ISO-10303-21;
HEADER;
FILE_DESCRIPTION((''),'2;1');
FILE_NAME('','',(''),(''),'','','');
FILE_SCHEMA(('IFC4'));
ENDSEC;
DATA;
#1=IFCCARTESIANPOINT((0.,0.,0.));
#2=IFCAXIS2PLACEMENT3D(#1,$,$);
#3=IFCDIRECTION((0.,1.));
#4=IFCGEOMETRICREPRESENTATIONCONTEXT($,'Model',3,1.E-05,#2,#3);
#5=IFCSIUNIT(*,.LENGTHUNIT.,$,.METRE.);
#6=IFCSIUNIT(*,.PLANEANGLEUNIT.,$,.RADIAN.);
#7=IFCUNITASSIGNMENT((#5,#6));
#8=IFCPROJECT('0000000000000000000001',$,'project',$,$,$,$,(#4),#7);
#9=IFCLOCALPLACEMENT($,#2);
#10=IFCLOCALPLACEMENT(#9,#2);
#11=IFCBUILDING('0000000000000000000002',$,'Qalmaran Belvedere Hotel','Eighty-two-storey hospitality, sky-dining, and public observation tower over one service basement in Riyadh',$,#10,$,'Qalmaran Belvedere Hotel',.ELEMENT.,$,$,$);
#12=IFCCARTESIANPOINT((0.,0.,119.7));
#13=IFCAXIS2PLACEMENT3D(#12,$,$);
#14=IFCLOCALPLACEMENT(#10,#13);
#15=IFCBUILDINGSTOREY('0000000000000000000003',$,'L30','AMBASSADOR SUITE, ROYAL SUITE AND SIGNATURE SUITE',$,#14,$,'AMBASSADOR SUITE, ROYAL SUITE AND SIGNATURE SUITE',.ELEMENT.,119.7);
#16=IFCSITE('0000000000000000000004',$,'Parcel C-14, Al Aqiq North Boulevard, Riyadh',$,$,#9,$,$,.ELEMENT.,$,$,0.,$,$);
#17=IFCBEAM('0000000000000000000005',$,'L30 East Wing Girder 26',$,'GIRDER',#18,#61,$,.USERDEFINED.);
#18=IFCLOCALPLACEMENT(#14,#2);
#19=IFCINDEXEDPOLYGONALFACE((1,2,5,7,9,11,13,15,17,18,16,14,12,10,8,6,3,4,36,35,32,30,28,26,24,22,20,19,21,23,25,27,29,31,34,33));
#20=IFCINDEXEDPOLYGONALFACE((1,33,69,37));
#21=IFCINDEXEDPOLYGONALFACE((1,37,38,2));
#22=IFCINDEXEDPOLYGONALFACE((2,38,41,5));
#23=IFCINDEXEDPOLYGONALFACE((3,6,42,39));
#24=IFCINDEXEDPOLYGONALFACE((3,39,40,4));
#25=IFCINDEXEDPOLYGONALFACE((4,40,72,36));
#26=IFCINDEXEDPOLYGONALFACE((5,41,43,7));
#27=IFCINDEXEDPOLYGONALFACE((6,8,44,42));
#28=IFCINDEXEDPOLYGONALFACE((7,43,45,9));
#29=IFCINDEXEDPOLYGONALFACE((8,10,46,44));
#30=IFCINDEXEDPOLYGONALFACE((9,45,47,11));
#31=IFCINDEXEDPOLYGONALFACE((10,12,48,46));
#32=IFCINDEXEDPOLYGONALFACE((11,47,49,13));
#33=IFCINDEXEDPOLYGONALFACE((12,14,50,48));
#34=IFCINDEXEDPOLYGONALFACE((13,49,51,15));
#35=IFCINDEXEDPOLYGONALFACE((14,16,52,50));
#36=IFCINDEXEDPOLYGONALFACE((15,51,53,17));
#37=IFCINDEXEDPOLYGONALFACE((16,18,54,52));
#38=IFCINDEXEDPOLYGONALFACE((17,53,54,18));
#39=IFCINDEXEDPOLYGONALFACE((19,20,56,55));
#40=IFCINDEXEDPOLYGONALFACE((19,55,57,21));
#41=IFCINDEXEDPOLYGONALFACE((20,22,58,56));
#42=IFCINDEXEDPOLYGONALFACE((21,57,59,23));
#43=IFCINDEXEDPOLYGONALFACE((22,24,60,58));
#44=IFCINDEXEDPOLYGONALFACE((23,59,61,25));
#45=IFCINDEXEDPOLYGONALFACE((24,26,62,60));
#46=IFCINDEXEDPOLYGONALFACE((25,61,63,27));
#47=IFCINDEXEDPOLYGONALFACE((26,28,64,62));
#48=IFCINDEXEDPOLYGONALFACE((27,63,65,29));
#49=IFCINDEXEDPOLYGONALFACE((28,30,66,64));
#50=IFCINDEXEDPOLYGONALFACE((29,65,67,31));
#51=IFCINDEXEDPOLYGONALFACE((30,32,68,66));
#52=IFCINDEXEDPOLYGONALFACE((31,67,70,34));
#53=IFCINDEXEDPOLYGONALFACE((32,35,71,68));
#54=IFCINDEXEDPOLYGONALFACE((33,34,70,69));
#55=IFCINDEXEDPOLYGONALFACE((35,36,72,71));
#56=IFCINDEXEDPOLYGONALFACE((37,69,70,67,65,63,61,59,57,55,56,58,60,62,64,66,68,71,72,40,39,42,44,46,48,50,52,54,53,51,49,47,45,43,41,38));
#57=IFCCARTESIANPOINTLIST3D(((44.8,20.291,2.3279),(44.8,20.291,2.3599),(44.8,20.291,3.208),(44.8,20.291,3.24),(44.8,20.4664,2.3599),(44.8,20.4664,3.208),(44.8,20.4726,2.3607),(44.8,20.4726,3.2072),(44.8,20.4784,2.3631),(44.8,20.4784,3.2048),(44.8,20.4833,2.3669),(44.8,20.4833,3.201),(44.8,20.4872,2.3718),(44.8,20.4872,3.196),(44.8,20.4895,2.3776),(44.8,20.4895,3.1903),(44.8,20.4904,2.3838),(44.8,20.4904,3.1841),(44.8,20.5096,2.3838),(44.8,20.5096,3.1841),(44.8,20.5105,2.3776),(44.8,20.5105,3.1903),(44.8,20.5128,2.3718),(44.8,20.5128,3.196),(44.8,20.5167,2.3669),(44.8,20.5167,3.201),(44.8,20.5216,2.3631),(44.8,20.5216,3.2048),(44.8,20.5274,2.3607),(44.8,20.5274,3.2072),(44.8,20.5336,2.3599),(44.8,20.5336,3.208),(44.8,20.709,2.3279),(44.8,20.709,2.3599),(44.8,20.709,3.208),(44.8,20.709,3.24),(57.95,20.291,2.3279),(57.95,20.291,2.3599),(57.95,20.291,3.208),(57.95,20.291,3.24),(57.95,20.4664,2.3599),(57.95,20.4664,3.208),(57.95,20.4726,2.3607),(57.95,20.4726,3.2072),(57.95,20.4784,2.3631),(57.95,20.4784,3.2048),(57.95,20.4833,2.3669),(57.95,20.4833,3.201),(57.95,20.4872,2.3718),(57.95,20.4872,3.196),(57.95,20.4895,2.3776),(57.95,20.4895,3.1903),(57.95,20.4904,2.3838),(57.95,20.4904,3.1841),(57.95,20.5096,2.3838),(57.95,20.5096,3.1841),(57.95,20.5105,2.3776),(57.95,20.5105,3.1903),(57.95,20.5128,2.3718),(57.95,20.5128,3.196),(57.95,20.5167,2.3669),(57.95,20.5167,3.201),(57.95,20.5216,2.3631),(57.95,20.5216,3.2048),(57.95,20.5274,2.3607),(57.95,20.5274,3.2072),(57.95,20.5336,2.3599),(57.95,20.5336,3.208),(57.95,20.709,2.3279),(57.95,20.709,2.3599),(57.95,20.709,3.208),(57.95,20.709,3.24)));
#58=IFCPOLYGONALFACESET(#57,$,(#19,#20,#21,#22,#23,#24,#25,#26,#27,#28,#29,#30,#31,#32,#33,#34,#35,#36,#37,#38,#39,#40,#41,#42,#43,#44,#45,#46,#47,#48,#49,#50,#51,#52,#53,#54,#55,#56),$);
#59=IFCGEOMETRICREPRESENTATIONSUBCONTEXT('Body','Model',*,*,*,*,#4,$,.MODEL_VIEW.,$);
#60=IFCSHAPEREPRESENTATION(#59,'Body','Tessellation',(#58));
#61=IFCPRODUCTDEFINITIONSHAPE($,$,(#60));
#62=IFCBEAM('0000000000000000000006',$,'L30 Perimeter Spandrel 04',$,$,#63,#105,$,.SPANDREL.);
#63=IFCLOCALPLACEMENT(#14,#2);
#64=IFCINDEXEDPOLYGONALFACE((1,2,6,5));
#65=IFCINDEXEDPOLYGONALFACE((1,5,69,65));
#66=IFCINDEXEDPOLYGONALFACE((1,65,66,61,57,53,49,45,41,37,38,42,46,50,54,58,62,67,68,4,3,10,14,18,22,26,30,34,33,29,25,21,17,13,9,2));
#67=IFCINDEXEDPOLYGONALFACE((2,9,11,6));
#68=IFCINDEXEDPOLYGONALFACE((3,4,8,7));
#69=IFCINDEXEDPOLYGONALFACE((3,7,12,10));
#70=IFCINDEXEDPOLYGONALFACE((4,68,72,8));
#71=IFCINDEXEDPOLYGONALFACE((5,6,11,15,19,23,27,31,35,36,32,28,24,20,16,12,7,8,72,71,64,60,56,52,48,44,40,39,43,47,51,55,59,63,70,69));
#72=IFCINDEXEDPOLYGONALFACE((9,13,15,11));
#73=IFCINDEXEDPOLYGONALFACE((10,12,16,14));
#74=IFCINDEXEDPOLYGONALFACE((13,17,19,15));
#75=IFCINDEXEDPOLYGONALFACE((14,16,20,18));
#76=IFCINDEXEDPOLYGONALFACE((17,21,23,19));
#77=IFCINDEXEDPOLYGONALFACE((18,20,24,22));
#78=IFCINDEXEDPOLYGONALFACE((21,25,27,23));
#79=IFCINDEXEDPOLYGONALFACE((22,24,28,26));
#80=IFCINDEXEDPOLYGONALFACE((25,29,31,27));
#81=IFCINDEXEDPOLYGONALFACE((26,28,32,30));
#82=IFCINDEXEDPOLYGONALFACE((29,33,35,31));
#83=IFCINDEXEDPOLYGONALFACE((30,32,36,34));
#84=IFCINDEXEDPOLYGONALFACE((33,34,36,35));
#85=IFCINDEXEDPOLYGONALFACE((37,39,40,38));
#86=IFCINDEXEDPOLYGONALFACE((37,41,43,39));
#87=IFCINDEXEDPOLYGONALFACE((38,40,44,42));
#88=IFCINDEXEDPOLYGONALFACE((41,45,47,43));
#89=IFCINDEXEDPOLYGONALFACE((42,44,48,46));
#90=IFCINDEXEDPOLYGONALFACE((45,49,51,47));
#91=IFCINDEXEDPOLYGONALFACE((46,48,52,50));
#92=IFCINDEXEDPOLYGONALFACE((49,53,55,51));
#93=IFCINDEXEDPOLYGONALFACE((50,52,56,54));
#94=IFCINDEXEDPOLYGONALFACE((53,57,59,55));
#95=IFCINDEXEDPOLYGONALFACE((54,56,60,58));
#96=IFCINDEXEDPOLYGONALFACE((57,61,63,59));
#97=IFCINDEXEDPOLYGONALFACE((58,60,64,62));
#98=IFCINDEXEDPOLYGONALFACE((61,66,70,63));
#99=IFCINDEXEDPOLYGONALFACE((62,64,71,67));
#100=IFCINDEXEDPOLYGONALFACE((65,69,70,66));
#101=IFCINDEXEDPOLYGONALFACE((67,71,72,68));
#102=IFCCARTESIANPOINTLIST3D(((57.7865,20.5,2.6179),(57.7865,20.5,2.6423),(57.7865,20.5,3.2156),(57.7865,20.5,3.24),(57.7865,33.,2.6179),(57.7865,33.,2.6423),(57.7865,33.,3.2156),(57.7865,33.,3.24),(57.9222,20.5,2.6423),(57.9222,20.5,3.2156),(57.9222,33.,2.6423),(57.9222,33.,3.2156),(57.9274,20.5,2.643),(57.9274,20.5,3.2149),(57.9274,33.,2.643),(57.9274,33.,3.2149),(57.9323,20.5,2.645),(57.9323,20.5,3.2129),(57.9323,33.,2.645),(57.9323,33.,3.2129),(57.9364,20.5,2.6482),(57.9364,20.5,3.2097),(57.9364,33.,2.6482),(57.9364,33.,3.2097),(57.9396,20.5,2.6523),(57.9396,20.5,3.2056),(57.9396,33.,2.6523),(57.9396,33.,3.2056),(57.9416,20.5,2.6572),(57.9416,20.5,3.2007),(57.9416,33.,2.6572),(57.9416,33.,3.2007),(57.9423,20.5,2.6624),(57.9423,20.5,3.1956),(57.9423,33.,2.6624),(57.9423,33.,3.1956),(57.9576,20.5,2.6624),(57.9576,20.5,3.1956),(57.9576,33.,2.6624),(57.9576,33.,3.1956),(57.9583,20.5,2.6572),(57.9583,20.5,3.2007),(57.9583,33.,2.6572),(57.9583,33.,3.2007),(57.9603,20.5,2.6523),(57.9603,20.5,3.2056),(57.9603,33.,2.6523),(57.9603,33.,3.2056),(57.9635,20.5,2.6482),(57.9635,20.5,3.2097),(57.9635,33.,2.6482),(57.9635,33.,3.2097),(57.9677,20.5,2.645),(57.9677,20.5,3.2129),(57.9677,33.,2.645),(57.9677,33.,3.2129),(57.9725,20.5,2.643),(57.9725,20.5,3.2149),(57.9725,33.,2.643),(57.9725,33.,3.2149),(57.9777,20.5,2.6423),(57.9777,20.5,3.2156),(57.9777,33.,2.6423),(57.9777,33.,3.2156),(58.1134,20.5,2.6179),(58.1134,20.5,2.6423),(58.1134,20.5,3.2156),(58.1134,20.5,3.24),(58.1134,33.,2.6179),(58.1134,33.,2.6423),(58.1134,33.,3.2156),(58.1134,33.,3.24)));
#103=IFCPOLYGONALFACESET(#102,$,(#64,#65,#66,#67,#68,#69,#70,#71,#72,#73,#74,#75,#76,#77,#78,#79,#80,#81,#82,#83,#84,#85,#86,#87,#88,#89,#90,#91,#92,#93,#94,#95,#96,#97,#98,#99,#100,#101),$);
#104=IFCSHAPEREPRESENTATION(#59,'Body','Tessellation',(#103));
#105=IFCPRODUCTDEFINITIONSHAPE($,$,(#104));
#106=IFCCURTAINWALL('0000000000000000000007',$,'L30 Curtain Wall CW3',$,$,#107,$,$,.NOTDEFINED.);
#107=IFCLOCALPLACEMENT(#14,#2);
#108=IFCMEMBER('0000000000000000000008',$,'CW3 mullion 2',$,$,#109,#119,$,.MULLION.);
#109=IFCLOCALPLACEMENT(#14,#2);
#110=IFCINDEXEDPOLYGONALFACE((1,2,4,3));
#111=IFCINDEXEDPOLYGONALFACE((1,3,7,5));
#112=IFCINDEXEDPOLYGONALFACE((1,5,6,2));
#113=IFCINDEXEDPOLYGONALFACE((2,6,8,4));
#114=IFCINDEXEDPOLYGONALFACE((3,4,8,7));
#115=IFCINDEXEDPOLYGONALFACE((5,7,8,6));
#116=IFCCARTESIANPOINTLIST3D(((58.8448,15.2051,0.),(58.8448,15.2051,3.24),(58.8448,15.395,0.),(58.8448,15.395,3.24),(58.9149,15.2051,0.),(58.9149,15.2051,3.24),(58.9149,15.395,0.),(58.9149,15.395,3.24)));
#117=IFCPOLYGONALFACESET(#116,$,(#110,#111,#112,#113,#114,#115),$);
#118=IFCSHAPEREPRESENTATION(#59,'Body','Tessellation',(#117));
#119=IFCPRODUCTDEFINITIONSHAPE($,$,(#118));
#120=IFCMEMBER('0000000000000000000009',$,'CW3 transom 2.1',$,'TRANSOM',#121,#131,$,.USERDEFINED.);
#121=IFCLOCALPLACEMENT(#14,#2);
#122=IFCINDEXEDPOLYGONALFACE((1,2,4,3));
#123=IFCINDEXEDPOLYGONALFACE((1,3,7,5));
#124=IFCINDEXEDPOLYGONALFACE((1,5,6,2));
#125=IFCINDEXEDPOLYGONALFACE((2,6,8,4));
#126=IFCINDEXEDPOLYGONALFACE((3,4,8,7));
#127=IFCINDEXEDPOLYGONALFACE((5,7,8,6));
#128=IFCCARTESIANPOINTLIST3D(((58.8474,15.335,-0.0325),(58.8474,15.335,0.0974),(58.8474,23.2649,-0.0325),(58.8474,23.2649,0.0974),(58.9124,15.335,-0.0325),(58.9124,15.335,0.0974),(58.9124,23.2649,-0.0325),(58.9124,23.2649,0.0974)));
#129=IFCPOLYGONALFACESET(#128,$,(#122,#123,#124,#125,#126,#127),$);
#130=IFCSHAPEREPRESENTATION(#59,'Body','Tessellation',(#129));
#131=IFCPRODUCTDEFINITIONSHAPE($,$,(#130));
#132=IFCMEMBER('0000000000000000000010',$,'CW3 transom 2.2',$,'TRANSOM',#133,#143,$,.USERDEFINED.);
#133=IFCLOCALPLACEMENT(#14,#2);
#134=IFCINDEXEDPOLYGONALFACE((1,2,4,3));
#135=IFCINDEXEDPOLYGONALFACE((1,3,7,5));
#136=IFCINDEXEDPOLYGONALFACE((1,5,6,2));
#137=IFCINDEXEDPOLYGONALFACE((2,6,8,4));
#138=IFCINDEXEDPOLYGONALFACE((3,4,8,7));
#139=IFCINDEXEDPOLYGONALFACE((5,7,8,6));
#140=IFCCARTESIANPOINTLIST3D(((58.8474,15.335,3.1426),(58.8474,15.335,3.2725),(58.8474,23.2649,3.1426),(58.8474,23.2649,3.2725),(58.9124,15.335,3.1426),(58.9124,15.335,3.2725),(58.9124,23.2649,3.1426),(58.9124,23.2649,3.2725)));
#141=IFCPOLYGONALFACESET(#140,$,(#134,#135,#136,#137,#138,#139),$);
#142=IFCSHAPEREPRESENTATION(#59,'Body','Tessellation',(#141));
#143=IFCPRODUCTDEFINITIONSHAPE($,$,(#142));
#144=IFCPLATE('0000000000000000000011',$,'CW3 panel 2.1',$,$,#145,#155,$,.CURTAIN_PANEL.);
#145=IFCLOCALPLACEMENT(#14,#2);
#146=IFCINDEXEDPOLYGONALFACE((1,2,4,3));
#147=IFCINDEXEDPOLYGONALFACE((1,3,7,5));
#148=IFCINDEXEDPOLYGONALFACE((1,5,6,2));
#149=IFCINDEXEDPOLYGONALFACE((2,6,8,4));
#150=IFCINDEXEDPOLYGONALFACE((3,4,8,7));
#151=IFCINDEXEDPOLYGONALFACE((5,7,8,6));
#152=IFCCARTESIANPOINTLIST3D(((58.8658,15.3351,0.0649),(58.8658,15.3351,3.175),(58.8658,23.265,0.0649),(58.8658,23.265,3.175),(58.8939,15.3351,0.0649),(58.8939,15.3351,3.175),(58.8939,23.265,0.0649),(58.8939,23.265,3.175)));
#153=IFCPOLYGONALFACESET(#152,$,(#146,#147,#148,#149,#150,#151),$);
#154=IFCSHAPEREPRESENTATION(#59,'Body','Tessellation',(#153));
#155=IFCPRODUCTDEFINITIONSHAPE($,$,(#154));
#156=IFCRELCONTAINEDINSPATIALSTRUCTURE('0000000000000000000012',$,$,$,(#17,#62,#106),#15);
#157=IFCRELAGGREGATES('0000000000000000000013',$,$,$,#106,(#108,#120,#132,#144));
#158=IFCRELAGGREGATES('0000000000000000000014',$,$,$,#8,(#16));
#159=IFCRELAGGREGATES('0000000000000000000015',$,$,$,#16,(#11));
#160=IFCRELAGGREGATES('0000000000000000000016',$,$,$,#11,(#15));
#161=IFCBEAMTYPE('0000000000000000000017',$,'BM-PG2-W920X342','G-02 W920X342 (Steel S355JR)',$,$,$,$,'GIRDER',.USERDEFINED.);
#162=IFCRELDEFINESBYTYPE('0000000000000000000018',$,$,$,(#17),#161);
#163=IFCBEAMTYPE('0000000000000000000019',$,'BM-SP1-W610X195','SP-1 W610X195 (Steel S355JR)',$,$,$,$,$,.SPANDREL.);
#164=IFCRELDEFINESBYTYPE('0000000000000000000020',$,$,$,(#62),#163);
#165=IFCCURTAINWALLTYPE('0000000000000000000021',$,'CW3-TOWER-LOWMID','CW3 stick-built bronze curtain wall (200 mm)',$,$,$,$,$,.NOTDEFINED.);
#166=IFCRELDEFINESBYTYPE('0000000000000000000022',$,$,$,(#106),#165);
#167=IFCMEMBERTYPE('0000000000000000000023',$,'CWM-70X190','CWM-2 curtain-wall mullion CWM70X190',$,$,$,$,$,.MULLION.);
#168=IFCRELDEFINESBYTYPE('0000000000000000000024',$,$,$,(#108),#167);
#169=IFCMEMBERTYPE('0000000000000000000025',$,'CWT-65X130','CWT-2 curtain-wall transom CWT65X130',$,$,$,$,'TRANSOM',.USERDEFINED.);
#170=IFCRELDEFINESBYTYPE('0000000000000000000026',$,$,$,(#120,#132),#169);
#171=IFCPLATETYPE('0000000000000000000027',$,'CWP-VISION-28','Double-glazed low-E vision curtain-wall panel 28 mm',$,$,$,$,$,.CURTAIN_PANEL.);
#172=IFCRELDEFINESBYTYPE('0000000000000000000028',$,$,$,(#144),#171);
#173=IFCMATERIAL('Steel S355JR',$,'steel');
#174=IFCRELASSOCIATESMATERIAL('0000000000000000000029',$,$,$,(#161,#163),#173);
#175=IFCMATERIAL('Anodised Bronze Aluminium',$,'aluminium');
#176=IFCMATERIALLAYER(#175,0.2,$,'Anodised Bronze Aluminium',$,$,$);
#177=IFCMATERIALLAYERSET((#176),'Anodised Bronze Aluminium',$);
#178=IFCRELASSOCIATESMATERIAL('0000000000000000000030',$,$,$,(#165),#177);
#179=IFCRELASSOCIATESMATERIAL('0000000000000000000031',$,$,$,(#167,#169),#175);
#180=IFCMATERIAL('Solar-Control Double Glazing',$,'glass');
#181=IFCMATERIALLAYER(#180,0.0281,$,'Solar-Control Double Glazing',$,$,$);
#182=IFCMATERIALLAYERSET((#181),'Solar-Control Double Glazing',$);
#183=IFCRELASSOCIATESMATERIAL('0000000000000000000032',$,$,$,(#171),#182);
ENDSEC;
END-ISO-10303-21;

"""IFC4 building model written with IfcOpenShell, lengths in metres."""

from ifc_helpers import new_model, si_unit, direction, frame, origin, origin_2d, place, context, subcontext, project, spatial, rectangle, i_section, extrude, material, layer, layer_set, material_profile, profile_set, type_object, element, aggregate, save


model = new_model("IFC4")

# Units and contexts
model_context = context("Model", 3, precision=1e-05, world=origin(), true_north=direction((0.0, 1.0)))
body_context = subcontext(model_context, "Body", "Model", "MODEL_VIEW")
ifc_project = project(units=[si_unit("LENGTHUNIT", "METRE"), si_unit("PLANEANGLEUNIT", "RADIAN")], contexts=[model_context])

# Site, building, storey
site_placement = place(None, origin())
site = spatial("IfcSite", under=ifc_project, at=site_placement, Name="Parcel C-14, Al Aqiq North Boulevard, Riyadh", CompositionType="ELEMENT", RefElevation=0.0)
building_placement = place(site_placement, origin())
building = spatial("IfcBuilding", under=site, at=building_placement, Name="Qalmaran Belvedere Hotel", Description="Eighty-two-storey hospitality, sky-dining, and public observation tower over one service basement in Riyadh", LongName="Qalmaran Belvedere Hotel", CompositionType="ELEMENT")
storey_placement = place(building_placement, frame((0.0, 0.0, 119.7)))
storey = spatial("IfcBuildingStorey", under=building, at=storey_placement, Name="L30", Description="AMBASSADOR SUITE, ROYAL SUITE AND SIGNATURE SUITE", LongName="AMBASSADOR SUITE, ROYAL SUITE AND SIGNATURE SUITE", CompositionType="ELEMENT", Elevation=119.7)

# Beams
ifc_material_1 = material(Name="Steel S355JR", Category="steel")
ifc_material_profile_1 = material_profile(ifc_material_1, i_section(OverallWidth=0.418, OverallDepth=0.9121, WebThickness=0.0193, FlangeThickness=0.032, FilletRadius=0.0239, at=origin_2d()), Name="W920X342")
ifc_profile_set_1 = profile_set([ifc_material_profile_1], Name="Steel S355JR")
beam_type_1 = type_object("IfcBeamType", Name="BM-PG2-W920X342", Description="G-02 W920X342 (Steel S355JR)", ElementType="GIRDER", PredefinedType="USERDEFINED", material=ifc_profile_set_1)
beam_1_placement = place(storey_placement, frame((44.8, 20.5, 2.7839), z_axis=(1.0, 0.0, 0.0), x_axis=(0.0, 1.0, 0.0)))
element("IfcBeam", 1, at=beam_1_placement, inside=storey, type_object=beam_type_1, Name="L30 East Wing Girder 26", ObjectType="GIRDER", PredefinedType="USERDEFINED", context=body_context, shape_type="SweptSolid", body=[
    extrude(i_section(OverallWidth=0.418, OverallDepth=0.9121, WebThickness=0.0193, FlangeThickness=0.032, FilletRadius=0.0239, at=origin_2d()), origin(), (0.0, 0.0, 1.0), 13.1499),
])
ifc_material_profile_2 = material_profile(ifc_material_1, i_section(OverallWidth=0.3269, OverallDepth=0.6221, WebThickness=0.0154, FlangeThickness=0.0244, FilletRadius=0.02, at=origin_2d()), Name="W610X195")
ifc_profile_set_2 = profile_set([ifc_material_profile_2], Name="Steel S355JR")
beam_type_2 = type_object("IfcBeamType", Name="BM-SP1-W610X195", Description="SP-1 W610X195 (Steel S355JR)", PredefinedType="SPANDREL", material=ifc_profile_set_2)
beam_2_placement = place(storey_placement, frame((57.95, 20.5, 2.929), z_axis=(0.0, 1.0, 0.0), x_axis=(-1.0, 0.0, 0.0)))
element("IfcBeam", 2, at=beam_2_placement, inside=storey, type_object=beam_type_2, Name="L30 Perimeter Spandrel 04", PredefinedType="SPANDREL", context=body_context, shape_type="SweptSolid", body=[
    extrude(i_section(OverallWidth=0.3269, OverallDepth=0.6221, WebThickness=0.0154, FlangeThickness=0.0244, FilletRadius=0.02, at=origin_2d()), origin(), (0.0, 0.0, 1.0), 12.5),
])

# Curtain wall, members, plate
ifc_material_2 = material(Name="Anodised Bronze Aluminium", Category="aluminium")
ifc_layer_1 = layer(ifc_material_2, 0.2, Name="Anodised Bronze Aluminium")
ifc_layer_set_1 = layer_set([ifc_layer_1], Name="Anodised Bronze Aluminium")
curtain_wall_type = type_object("IfcCurtainWallType", Name="CW3-TOWER-LOWMID", Description="CW3 stick-built bronze curtain wall (200 mm)", PredefinedType="NOTDEFINED", material=ifc_layer_set_1)
curtain_wall_placement = place(storey_placement, origin())
curtain_wall = element("IfcCurtainWall", 3, at=curtain_wall_placement, inside=storey, type_object=curtain_wall_type, Name="L30 Curtain Wall CW3", PredefinedType="NOTDEFINED")
ifc_material_profile_3 = material_profile(ifc_material_2, rectangle(XDim=0.0701, YDim=0.1899, at=origin_2d()), Name="CWM70X190")
ifc_profile_set_3 = profile_set([ifc_material_profile_3], Name="Anodised Bronze Aluminium")
member_type_1 = type_object("IfcMemberType", Name="CWM-70X190", Description="CWM-2 curtain-wall mullion CWM70X190", PredefinedType="MULLION", material=ifc_profile_set_3)
member_1_placement = place(storey_placement, frame((58.8799, 15.3, 0.0), z_axis=(0.0, 0.0, 1.0), x_axis=(-1.0, 0.0, 0.0)))
member_1 = element("IfcMember", 4, at=member_1_placement, type_object=member_type_1, Name="CW3 mullion 2", PredefinedType="MULLION", context=body_context, shape_type="SweptSolid", body=[
    extrude(rectangle(XDim=0.0701, YDim=0.1899, at=origin_2d()), origin(), (0.0, 0.0, 1.0), 3.24),
])
ifc_material_profile_4 = material_profile(ifc_material_2, rectangle(XDim=0.0649, YDim=0.1299, at=origin_2d()), Name="CWT65X130")
ifc_profile_set_4 = profile_set([ifc_material_profile_4], Name="Anodised Bronze Aluminium")
member_type_2 = type_object("IfcMemberType", Name="CWT-65X130", Description="CWT-2 curtain-wall transom CWT65X130", ElementType="TRANSOM", PredefinedType="USERDEFINED", material=ifc_profile_set_4)
member_2_placement = place(storey_placement, frame((58.8799, 15.335, 0.0325), z_axis=(0.0, 1.0, 0.0), x_axis=(-1.0, 0.0, 0.0)))
member_2 = element("IfcMember", 5, at=member_2_placement, type_object=member_type_2, Name="CW3 transom 2.1", ObjectType="TRANSOM", PredefinedType="USERDEFINED", context=body_context, shape_type="SweptSolid", body=[
    extrude(rectangle(XDim=0.0649, YDim=0.1299, at=origin_2d()), origin(), (0.0, 0.0, 1.0), 7.9299),
])
member_3_placement = place(storey_placement, frame((58.8799, 15.335, 3.2075), z_axis=(0.0, 1.0, 0.0), x_axis=(-1.0, 0.0, 0.0)))
member_3 = element("IfcMember", 6, at=member_3_placement, type_object=member_type_2, Name="CW3 transom 2.2", ObjectType="TRANSOM", PredefinedType="USERDEFINED", context=body_context, shape_type="SweptSolid", body=[
    extrude(rectangle(XDim=0.0649, YDim=0.1299, at=origin_2d()), origin(), (0.0, 0.0, 1.0), 7.9299),
])
ifc_material_3 = material(Name="Solar-Control Double Glazing", Category="glass")
ifc_layer_2 = layer(ifc_material_3, 0.0281, Name="Solar-Control Double Glazing")
ifc_layer_set_2 = layer_set([ifc_layer_2], Name="Solar-Control Double Glazing")
plate_type = type_object("IfcPlateType", Name="CWP-VISION-28", Description="Double-glazed low-E vision curtain-wall panel 28 mm", PredefinedType="CURTAIN_PANEL", material=ifc_layer_set_2)
plate_placement = place(storey_placement, frame((58.8799, 19.3, 0.0649), z_axis=(0.0, 0.0, 1.0), x_axis=(0.0, 1.0, 0.0)))
plate = element("IfcPlate", 7, at=plate_placement, type_object=plate_type, Name="CW3 panel 2.1", PredefinedType="CURTAIN_PANEL", context=body_context, shape_type="SweptSolid", body=[
    extrude(rectangle(XDim=7.9299, YDim=0.0281, at=origin_2d()), origin(), (0.0, 0.0, 1.0), 3.1101),
])
aggregate(curtain_wall, [member_1, member_2, member_3, plate])

save(model, "model.ifc")
